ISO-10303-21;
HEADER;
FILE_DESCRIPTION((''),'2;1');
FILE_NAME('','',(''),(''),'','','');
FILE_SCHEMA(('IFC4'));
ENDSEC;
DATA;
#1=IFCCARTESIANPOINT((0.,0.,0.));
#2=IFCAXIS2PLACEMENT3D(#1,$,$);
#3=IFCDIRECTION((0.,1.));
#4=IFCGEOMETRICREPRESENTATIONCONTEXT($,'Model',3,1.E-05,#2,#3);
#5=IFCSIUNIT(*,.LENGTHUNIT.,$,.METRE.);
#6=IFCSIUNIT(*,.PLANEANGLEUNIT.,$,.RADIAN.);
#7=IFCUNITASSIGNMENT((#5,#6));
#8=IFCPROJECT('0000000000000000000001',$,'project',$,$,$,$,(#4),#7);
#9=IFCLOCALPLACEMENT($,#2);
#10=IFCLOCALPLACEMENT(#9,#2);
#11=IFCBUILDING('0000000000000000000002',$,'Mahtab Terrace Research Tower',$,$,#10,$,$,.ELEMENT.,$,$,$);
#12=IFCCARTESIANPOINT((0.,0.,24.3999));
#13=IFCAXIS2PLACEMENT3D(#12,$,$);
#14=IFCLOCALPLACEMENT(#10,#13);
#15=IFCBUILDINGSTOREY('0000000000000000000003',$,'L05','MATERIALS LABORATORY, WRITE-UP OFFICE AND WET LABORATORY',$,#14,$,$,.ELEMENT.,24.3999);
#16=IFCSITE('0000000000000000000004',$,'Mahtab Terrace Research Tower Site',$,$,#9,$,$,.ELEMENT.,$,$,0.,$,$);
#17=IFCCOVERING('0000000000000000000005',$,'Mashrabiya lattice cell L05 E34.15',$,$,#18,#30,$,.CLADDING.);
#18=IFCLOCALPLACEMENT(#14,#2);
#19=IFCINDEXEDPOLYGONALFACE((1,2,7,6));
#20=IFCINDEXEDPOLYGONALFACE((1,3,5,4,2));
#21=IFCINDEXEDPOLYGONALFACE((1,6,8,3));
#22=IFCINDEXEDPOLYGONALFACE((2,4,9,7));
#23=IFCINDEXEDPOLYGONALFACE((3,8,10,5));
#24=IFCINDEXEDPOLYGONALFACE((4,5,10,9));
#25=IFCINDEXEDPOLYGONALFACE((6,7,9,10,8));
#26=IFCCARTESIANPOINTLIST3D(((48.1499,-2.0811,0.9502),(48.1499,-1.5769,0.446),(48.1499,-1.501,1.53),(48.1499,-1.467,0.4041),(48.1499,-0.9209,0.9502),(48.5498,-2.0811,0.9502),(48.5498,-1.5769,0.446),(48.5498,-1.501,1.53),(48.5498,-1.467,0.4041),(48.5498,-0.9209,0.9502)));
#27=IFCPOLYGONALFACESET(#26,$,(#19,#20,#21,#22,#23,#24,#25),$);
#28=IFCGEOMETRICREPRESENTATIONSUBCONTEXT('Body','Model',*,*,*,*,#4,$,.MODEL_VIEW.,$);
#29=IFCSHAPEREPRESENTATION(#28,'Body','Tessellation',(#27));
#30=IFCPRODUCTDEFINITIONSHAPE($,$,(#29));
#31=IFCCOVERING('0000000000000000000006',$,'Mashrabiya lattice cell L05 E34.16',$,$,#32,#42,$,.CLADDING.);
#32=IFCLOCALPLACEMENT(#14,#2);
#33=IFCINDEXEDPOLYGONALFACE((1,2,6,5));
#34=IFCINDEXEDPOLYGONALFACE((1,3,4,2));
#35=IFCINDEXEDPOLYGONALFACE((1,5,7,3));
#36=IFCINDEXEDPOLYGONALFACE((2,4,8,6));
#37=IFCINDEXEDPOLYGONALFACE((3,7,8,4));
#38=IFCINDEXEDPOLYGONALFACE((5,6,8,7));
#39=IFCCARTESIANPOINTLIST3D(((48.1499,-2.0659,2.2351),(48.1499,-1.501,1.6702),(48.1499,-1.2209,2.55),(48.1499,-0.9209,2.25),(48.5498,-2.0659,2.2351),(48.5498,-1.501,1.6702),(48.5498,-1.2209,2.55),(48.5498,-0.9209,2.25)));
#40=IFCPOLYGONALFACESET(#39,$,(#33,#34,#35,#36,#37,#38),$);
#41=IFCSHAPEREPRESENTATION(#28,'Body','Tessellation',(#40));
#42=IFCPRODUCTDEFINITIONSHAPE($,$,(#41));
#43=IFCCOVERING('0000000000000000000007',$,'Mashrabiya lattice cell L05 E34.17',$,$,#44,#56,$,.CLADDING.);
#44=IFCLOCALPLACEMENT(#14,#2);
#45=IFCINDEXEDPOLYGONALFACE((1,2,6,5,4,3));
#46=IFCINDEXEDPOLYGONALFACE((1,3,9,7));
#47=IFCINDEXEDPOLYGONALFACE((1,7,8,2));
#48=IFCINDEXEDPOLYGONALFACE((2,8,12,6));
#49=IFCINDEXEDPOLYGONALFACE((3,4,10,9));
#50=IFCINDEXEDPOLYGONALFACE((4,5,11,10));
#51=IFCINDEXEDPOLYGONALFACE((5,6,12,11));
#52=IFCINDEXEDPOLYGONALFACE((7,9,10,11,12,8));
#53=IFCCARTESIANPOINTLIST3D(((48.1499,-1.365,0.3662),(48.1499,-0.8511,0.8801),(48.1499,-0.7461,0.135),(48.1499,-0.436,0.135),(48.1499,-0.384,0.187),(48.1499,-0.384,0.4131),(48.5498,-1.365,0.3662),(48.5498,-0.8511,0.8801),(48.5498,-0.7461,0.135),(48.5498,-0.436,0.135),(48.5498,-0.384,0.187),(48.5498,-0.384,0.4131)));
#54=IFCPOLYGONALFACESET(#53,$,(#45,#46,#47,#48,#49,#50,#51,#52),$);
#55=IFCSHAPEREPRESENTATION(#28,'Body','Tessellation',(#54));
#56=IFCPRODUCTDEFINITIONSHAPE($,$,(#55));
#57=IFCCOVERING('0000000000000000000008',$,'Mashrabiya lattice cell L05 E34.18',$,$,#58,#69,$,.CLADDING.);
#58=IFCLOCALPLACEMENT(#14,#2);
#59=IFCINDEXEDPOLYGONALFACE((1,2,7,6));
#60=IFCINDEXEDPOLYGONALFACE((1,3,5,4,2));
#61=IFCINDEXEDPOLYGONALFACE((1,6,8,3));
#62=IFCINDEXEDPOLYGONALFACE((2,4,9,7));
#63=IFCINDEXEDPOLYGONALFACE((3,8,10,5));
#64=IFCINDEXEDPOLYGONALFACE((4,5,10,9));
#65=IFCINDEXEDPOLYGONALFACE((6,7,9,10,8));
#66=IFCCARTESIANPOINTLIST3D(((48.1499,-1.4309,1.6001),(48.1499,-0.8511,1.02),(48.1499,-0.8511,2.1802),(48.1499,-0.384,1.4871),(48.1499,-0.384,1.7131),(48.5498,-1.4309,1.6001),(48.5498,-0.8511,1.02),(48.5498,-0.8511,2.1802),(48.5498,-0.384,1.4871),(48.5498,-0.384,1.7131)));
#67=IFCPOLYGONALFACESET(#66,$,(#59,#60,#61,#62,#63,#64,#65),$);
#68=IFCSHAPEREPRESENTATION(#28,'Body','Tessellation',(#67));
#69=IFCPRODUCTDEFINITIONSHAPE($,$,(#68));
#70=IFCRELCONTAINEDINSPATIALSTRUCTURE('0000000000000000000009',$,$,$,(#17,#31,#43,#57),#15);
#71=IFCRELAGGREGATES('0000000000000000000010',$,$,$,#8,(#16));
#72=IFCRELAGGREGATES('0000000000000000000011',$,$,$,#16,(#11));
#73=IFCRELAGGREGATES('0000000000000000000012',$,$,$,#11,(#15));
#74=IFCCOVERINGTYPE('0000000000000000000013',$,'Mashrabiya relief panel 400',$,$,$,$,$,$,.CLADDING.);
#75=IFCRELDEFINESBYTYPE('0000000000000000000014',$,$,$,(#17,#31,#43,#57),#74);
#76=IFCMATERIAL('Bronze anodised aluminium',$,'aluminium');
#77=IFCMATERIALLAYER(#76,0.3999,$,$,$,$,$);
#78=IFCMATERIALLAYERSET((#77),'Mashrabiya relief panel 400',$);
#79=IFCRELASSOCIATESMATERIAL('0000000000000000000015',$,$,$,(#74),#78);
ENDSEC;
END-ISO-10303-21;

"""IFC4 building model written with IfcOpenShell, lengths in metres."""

from ifc_helpers import new_model, si_unit, direction, frame, origin, place, context, subcontext, project, spatial, polyline, outline, extrude, material, layer, layer_set, type_object, element, save


model = new_model("IFC4")

# Units and contexts
model_context = context("Model", 3, precision=1e-05, world=origin(), true_north=direction((0.0, 1.0)))
body_context = subcontext(model_context, "Body", "Model", "MODEL_VIEW")
ifc_project = project(units=[si_unit("LENGTHUNIT", "METRE"), si_unit("PLANEANGLEUNIT", "RADIAN")], contexts=[model_context])

# Site, building, storey
site_placement = place(None, origin())
site = spatial("IfcSite", under=ifc_project, at=site_placement, Name="Mahtab Terrace Research Tower Site", CompositionType="ELEMENT", RefElevation=0.0)
building_placement = place(site_placement, origin())
building = spatial("IfcBuilding", under=site, at=building_placement, Name="Mahtab Terrace Research Tower", CompositionType="ELEMENT")
storey_placement = place(building_placement, frame((0.0, 0.0, 24.3999)))
storey = spatial("IfcBuildingStorey", under=building, at=storey_placement, Name="L05", Description="MATERIALS LABORATORY, WRITE-UP OFFICE AND WET LABORATORY", CompositionType="ELEMENT", Elevation=24.3999)

# Coverings
ifc_material = material(Name="Bronze anodised aluminium", Category="aluminium")
ifc_layer = layer(ifc_material, 0.3999)
ifc_layer_set = layer_set([ifc_layer], Name="Mashrabiya relief panel 400")
covering_type = type_object("IfcCoveringType", Name="Mashrabiya relief panel 400", PredefinedType="CLADDING", material=ifc_layer_set)
covering_1_placement = place(storey_placement, frame((48.1499, -2.0811, 0.9502), z_axis=(-1.0, 0.0, 0.0), x_axis=(0.0, 0.707256, 0.706958)))
element("IfcCovering", 1, at=covering_1_placement, inside=storey, type_object=covering_type, Name="Mashrabiya lattice cell L05 E34.15", PredefinedType="CLADDING", context=body_context, shape_type="SweptSolid", body=[
    extrude(outline(polyline([(0.0, 0.0), (0.8202, 0.0), (0.8205, 0.8202), (0.0482, 0.8203), (0.0002, 0.713), (0.0, 0.0)])), origin(), (0.0, 0.0, -1.0), 0.3999),
])
covering_2_placement = place(storey_placement, frame((48.1499, -0.9209, 2.25), z_axis=(-1.0, 0.0, 0.0), x_axis=(0.0, -0.707256, -0.706958)))
element("IfcCovering", 2, at=covering_2_placement, inside=storey, type_object=covering_type, Name="Mashrabiya lattice cell L05 E34.16", PredefinedType="CLADDING", context=body_context, shape_type="SweptSolid", body=[
    extrude(outline(polyline([(0.0, 0.0), (0.8202, 0.0), (0.8203, 0.7989), (0.0001, 0.4243), (0.0, 0.0)])), origin(), (0.0, 0.0, -1.0), 0.3999),
])
covering_3_placement = place(storey_placement, frame((48.1499, -0.436, 0.135), z_axis=(-1.0, 0.0, 0.0), x_axis=(0.0, -1.0, 0.0)))
element("IfcCovering", 3, at=covering_3_placement, inside=storey, type_object=covering_type, Name="Mashrabiya lattice cell L05 E34.17", PredefinedType="CLADDING", context=body_context, shape_type="SweptSolid", body=[
    extrude(outline(polyline([(0.0, 0.0), (0.3101, 0.0), (0.929, 0.2312), (0.415, 0.7451), (-0.052, 0.2781), (-0.052, 0.052), (0.0, 0.0)])), origin(), (0.0, 0.0, -1.0), 0.3999),
])
covering_4_placement = place(storey_placement, frame((48.1499, -0.8511, 1.02), z_axis=(-1.0, 0.0, 0.0), x_axis=(0.0, -0.706958, 0.707256)))
element("IfcCovering", 4, at=covering_4_placement, inside=storey, type_object=covering_type, Name="Mashrabiya lattice cell L05 E34.18", PredefinedType="CLADDING", context=body_context, shape_type="SweptSolid", body=[
    extrude(outline(polyline([(0.0, 0.0), (0.8202, 0.0), (0.8205, 0.8202), (0.16, 0.8203), (0.0001, 0.6605), (0.0, 0.0)])), origin(), (0.0, 0.0, -1.0), 0.3999),
])

save(model, "model.ifc")
